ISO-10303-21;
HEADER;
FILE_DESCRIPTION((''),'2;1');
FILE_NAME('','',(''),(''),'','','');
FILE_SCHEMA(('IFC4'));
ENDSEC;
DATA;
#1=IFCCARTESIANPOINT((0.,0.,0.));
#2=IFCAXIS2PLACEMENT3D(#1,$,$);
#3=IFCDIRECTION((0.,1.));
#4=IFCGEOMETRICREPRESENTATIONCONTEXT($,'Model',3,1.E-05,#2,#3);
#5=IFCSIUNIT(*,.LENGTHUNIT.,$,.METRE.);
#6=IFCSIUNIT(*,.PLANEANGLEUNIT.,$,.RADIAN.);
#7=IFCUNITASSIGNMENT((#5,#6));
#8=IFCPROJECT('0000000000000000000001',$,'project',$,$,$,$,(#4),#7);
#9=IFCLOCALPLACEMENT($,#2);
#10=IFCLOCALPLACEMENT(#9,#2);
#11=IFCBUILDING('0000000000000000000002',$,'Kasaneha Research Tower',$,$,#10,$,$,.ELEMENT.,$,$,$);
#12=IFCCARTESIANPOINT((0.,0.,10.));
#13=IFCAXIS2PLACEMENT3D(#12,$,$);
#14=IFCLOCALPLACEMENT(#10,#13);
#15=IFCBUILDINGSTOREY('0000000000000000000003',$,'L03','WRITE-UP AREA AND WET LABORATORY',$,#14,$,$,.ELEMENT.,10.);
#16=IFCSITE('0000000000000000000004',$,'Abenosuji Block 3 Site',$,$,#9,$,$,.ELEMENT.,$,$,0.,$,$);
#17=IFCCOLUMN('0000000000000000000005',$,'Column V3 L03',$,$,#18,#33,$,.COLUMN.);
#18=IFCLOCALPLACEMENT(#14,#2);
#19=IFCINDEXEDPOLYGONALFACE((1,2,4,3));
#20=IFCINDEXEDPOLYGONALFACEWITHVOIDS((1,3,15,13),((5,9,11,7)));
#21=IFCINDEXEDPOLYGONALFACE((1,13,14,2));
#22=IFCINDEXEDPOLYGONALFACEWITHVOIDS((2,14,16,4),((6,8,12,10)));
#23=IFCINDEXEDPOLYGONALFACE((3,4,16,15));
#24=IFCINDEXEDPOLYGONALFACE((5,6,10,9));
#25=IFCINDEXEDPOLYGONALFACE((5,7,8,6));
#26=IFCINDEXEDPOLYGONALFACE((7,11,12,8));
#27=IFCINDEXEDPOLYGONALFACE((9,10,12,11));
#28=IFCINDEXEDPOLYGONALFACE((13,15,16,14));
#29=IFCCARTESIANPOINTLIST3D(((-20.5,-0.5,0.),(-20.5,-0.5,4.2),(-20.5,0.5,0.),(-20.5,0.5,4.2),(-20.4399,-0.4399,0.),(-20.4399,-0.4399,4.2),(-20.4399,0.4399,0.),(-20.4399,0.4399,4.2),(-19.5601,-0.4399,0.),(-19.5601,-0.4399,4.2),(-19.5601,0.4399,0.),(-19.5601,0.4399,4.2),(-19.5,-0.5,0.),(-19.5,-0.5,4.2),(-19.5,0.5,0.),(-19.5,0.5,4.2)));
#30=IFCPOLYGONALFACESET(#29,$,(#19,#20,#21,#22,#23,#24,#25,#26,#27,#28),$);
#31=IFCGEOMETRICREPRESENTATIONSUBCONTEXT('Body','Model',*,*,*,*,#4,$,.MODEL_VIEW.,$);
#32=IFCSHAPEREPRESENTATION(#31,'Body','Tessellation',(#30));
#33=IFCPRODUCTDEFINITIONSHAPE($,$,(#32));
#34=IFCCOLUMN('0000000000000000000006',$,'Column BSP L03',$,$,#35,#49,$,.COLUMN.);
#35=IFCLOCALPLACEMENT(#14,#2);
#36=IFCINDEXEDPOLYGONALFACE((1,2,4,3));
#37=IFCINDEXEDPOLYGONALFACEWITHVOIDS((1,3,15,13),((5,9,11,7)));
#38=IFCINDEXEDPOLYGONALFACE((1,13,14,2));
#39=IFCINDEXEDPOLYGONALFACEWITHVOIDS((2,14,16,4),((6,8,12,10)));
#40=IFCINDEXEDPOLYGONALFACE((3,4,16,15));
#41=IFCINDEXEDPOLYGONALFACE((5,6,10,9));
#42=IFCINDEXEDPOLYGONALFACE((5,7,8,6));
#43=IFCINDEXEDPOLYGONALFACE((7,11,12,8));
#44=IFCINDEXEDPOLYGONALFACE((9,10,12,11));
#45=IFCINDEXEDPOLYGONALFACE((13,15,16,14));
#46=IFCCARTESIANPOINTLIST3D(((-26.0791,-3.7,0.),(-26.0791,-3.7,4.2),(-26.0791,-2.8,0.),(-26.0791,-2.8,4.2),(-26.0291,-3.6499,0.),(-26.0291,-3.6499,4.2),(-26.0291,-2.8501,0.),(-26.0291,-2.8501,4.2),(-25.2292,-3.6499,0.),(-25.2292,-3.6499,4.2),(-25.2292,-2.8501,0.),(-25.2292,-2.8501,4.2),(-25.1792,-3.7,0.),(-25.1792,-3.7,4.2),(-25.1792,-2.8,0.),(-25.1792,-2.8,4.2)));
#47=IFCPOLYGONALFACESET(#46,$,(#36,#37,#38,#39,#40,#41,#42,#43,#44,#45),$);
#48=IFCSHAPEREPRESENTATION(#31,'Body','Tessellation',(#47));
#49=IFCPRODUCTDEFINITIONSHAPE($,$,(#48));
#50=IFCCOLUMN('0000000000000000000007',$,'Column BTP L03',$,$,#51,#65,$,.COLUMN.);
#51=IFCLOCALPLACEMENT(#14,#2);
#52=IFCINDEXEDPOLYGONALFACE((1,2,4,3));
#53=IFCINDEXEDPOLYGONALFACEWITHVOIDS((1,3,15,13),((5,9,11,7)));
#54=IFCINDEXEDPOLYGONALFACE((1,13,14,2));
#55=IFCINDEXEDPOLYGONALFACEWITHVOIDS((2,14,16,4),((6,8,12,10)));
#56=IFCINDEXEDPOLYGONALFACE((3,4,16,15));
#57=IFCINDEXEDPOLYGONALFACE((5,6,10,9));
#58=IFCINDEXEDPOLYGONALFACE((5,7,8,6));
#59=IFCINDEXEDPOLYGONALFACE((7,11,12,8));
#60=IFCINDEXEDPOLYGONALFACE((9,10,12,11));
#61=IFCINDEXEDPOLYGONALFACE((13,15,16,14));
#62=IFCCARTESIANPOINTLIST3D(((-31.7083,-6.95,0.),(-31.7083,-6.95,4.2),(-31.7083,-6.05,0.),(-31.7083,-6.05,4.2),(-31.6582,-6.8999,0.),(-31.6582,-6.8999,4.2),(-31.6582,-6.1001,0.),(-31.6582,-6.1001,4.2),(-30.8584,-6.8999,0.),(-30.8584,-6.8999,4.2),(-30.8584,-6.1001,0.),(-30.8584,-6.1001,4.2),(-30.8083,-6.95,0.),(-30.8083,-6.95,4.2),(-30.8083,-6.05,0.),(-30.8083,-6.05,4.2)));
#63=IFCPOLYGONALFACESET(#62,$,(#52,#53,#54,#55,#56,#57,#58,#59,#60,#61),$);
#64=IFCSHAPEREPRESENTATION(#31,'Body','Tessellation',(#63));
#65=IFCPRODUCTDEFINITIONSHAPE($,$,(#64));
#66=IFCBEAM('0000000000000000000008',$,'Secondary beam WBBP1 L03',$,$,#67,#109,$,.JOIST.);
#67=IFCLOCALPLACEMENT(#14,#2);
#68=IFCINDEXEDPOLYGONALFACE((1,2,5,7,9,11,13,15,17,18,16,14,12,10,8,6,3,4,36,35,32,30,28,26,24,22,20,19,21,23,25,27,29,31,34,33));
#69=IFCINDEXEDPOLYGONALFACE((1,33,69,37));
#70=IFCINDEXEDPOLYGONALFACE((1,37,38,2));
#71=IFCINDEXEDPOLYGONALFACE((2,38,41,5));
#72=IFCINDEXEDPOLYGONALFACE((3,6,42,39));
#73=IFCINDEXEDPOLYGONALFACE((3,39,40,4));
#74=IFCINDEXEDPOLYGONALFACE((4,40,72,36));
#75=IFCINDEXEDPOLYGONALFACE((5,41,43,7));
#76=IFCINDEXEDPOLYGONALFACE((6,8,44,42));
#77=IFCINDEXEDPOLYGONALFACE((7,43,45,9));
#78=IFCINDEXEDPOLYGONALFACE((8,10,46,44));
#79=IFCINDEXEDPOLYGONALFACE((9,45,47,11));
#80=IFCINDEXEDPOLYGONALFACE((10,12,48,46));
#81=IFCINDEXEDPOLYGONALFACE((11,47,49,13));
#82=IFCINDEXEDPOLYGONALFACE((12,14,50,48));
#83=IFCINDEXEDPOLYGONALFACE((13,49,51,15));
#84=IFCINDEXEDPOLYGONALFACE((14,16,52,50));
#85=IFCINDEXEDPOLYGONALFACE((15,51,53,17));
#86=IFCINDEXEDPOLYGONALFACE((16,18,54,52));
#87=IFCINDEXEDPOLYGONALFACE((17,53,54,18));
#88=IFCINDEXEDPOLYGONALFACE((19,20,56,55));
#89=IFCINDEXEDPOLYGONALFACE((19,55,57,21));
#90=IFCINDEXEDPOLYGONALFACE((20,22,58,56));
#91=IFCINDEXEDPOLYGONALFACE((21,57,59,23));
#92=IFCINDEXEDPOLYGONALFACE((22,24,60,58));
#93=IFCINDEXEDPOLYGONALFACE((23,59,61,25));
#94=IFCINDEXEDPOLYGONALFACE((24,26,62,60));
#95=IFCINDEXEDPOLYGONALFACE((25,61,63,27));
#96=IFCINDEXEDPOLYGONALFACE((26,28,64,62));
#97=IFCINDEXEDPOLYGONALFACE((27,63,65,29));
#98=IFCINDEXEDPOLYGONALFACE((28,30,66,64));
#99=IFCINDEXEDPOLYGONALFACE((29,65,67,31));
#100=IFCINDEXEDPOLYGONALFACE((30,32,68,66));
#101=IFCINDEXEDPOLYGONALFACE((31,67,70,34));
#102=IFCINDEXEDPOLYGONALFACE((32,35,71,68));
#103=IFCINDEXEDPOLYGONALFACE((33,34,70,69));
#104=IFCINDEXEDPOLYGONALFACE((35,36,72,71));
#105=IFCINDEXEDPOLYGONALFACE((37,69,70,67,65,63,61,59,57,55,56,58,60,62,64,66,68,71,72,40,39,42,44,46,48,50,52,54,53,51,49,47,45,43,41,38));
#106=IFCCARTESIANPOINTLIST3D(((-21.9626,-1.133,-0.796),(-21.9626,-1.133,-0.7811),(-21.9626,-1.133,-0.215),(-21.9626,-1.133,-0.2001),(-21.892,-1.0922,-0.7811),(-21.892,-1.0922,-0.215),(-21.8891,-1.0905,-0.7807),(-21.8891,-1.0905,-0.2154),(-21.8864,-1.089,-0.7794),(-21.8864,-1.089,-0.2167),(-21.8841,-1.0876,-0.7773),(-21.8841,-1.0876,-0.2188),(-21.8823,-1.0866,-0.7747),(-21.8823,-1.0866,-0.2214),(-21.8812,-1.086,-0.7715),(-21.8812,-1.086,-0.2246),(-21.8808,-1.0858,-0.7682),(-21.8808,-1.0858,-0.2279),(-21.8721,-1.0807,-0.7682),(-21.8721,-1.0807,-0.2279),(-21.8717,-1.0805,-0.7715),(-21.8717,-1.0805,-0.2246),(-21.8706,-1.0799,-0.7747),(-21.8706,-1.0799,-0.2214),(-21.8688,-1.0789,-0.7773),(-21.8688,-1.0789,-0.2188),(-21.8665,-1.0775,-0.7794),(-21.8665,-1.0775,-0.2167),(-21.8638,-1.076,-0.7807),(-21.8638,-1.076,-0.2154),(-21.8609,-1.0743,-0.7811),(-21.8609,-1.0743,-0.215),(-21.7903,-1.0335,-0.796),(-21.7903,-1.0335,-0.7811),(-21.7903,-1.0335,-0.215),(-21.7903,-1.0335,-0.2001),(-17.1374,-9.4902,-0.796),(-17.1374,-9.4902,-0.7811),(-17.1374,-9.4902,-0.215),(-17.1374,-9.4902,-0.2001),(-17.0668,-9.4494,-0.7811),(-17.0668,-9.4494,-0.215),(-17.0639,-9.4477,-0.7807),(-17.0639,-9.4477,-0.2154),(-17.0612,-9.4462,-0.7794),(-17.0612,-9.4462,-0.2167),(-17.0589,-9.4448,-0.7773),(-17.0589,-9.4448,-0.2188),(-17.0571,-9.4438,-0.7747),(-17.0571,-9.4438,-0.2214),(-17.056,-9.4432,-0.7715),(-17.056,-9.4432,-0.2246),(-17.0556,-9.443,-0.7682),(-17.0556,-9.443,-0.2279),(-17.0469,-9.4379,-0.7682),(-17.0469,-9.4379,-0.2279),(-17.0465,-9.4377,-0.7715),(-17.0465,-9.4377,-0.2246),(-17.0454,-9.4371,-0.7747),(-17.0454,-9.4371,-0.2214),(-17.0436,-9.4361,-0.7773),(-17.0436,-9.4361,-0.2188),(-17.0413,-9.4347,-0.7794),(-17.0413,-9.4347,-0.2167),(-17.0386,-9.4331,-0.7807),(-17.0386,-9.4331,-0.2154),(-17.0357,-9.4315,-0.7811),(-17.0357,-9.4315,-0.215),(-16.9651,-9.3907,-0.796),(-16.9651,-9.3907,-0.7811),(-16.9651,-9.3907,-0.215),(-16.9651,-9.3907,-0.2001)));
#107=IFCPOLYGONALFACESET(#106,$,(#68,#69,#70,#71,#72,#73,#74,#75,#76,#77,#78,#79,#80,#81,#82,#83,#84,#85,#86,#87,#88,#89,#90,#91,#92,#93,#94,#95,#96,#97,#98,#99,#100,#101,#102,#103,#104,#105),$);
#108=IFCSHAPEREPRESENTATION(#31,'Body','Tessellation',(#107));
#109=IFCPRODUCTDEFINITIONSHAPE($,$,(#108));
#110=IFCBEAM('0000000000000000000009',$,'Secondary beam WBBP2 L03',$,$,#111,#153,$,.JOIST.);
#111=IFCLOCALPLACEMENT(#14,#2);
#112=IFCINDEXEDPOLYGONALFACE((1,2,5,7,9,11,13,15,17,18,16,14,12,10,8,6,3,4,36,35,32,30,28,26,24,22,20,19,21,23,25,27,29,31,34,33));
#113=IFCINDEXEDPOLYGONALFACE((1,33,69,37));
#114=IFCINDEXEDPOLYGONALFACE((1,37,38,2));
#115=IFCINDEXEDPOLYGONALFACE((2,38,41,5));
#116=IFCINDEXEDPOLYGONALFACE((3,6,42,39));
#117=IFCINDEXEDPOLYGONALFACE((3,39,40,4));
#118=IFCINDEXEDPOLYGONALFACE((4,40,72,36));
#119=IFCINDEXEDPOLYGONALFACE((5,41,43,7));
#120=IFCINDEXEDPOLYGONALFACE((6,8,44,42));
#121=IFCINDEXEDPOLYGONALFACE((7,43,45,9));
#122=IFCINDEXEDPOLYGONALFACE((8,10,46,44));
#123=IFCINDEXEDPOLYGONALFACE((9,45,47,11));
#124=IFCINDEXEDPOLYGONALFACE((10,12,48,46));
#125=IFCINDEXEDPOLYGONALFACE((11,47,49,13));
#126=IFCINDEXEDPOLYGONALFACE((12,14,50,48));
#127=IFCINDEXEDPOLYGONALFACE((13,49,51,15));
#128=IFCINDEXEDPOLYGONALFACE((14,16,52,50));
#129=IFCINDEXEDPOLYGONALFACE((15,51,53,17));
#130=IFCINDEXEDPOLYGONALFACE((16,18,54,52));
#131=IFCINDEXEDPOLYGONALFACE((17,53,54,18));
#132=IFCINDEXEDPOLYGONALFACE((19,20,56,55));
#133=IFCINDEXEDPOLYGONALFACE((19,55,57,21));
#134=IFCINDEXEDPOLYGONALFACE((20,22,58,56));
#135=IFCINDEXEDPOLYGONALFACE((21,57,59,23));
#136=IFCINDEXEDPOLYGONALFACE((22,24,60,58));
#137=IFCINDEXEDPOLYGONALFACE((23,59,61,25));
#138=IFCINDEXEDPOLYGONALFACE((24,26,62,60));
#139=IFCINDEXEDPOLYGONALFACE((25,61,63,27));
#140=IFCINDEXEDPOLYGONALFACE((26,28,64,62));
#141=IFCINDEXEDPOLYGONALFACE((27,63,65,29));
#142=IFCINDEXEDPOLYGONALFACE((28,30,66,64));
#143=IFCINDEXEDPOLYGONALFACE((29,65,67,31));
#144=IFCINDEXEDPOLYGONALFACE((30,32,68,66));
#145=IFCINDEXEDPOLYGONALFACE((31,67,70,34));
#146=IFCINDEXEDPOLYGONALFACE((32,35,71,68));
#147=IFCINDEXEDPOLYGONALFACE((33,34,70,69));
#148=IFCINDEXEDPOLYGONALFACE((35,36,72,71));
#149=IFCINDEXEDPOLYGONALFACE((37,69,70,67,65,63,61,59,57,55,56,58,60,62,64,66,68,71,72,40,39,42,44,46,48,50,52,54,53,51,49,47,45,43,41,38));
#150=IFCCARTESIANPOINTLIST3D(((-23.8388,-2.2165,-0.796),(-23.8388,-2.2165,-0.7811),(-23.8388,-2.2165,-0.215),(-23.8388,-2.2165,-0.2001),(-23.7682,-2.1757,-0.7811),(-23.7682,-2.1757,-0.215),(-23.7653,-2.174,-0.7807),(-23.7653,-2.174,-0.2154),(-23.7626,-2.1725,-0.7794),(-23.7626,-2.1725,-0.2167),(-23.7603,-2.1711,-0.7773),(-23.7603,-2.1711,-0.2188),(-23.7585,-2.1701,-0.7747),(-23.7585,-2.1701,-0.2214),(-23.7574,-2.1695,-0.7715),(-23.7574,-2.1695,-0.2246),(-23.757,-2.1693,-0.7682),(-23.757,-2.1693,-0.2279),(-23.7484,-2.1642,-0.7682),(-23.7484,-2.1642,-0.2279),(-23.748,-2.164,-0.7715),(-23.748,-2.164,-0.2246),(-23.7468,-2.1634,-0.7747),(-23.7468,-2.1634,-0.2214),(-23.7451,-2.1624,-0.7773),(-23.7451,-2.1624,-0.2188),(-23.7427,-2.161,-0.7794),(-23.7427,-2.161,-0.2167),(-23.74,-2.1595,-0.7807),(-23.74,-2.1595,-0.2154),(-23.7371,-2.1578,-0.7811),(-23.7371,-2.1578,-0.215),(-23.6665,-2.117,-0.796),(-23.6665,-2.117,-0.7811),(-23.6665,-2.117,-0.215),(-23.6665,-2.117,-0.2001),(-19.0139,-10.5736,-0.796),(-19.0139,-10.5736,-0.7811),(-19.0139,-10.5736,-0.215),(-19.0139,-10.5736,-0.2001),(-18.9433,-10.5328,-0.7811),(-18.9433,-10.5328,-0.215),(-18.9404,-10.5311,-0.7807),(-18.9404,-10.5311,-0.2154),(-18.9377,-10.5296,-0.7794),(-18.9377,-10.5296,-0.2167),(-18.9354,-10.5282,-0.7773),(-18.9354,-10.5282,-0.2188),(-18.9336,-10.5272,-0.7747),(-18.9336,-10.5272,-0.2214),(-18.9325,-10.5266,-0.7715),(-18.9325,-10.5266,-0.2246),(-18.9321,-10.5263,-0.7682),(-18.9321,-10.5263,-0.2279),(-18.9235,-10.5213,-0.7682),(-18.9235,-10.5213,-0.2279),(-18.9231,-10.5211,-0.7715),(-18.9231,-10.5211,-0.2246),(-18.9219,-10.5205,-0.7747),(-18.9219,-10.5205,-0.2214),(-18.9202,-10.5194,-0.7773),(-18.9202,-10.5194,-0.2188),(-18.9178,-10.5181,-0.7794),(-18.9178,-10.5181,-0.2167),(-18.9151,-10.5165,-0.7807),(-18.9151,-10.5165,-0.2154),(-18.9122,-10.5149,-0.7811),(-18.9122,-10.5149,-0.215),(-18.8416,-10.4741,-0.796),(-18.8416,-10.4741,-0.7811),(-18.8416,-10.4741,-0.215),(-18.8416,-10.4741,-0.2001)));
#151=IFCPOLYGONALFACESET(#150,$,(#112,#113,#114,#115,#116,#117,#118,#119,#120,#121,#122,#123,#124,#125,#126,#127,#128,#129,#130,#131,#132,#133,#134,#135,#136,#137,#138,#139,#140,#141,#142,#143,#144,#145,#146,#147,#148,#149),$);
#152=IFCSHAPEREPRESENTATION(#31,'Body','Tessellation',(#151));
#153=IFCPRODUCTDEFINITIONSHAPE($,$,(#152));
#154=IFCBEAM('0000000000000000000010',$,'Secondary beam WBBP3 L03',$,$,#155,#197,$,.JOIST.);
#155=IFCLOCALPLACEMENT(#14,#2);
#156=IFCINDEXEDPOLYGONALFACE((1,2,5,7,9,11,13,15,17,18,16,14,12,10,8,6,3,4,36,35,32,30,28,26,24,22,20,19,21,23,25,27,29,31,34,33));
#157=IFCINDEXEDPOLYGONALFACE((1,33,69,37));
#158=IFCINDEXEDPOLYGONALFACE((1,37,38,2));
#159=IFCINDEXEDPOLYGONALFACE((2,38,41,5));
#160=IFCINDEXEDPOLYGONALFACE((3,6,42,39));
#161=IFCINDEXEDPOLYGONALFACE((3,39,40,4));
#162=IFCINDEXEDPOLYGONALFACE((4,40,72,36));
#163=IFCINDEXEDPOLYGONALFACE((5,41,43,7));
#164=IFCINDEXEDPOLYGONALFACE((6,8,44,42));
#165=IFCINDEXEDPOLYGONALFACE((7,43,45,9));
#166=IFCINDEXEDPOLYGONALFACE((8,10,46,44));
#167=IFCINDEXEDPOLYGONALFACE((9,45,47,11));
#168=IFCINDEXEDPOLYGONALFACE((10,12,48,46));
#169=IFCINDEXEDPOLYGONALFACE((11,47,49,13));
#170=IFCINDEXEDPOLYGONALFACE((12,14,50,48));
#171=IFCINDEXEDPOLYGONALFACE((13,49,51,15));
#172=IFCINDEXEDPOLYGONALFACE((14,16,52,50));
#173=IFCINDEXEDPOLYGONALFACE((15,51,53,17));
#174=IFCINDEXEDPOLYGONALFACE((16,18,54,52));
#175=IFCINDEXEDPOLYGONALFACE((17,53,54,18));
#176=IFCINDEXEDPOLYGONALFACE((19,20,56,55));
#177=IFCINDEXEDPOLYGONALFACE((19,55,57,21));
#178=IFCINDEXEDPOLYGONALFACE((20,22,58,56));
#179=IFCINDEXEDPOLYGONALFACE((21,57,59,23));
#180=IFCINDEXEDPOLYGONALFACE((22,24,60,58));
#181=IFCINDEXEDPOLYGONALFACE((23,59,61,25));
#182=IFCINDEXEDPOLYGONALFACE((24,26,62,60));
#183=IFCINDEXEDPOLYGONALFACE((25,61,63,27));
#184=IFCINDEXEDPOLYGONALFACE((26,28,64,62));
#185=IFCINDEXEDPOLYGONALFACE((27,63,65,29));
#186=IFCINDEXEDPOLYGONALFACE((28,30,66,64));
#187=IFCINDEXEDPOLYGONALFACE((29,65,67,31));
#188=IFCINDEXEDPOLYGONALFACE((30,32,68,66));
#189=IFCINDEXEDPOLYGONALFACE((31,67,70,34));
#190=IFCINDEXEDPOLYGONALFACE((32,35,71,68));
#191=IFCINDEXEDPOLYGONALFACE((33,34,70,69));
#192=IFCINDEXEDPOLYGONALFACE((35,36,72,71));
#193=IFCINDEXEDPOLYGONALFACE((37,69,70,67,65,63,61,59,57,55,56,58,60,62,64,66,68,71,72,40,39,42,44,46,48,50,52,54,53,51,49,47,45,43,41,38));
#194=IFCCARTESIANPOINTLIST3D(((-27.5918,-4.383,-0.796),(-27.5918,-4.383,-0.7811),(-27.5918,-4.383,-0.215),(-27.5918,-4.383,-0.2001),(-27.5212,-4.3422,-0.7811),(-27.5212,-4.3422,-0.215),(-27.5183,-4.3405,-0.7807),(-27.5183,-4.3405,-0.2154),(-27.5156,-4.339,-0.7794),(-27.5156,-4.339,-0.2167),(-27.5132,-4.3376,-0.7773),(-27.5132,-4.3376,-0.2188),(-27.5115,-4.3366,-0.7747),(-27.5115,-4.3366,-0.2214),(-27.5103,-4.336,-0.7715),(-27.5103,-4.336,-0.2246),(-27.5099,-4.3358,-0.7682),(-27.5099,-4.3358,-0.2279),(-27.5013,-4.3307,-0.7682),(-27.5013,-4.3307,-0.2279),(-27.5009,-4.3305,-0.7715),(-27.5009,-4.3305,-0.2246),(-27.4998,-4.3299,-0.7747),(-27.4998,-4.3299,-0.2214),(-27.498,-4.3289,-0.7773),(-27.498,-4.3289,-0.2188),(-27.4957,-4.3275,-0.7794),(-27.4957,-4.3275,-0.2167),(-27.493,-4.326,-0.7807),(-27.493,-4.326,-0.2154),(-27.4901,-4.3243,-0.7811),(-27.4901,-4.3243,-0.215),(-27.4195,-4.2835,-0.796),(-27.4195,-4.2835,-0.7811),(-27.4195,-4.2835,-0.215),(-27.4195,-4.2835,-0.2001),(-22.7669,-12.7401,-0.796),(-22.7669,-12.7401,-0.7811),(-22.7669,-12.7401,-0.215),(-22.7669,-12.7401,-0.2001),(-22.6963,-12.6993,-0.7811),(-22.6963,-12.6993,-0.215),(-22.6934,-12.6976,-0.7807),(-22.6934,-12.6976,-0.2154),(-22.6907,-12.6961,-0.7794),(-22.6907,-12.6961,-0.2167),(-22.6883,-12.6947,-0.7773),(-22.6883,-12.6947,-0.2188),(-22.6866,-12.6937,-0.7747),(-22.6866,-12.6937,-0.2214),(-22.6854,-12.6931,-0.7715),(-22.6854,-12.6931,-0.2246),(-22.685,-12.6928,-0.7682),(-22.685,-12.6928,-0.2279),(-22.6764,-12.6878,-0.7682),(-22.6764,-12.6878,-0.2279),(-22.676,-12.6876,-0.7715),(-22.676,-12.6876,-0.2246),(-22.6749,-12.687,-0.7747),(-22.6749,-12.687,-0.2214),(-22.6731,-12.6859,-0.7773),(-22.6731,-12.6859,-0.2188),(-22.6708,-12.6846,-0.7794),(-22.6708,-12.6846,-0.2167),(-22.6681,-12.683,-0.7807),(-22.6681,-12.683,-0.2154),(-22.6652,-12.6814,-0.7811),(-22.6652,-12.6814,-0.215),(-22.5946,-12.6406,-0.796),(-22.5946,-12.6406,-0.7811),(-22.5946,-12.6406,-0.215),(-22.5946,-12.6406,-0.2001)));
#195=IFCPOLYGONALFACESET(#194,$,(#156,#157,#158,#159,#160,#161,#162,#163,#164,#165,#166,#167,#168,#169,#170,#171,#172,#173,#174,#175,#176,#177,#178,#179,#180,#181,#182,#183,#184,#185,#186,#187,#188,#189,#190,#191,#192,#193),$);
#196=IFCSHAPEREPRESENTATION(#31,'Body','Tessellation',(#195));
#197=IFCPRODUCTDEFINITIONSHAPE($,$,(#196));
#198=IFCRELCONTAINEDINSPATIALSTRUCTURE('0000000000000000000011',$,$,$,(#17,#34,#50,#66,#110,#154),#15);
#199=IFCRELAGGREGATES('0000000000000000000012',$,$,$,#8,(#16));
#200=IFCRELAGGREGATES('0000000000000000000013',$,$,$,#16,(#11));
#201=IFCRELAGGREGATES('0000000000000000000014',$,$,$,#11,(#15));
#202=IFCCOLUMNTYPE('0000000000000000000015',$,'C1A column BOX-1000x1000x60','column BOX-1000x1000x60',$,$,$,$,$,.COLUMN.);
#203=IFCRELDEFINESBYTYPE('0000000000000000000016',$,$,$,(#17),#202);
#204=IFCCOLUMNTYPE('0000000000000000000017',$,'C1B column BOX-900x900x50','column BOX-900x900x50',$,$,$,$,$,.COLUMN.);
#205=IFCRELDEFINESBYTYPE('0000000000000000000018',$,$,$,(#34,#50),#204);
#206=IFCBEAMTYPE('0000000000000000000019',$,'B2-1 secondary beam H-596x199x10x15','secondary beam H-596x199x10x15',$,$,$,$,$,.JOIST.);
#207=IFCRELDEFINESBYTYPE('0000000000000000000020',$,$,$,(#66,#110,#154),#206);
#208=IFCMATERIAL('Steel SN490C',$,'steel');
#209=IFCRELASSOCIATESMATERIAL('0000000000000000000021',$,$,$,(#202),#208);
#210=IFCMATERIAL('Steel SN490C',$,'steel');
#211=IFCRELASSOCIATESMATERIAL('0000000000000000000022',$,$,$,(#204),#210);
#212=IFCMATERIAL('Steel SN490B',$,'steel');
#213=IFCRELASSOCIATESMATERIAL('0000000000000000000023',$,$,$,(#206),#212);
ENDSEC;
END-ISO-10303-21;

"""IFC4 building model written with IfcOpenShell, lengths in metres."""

from ifc_helpers import new_model, si_unit, direction, frame, origin, origin_2d, place, context, subcontext, project, spatial, hollow_rectangle, i_section, extrude, material, material_profile, profile_set, type_object, element, save


model = new_model("IFC4")

# Units and contexts
model_context = context("Model", 3, precision=1e-05, world=origin(), true_north=direction((0.0, 1.0)))
body_context = subcontext(model_context, "Body", "Model", "MODEL_VIEW")
ifc_project = project(units=[si_unit("LENGTHUNIT", "METRE"), si_unit("PLANEANGLEUNIT", "RADIAN")], contexts=[model_context])

# Site, building, storey
site_placement = place(None, origin())
site = spatial("IfcSite", under=ifc_project, at=site_placement, Name="Abenosuji Block 3 Site", CompositionType="ELEMENT", RefElevation=0.0)
building_placement = place(site_placement, origin())
building = spatial("IfcBuilding", under=site, at=building_placement, Name="Kasaneha Research Tower", CompositionType="ELEMENT")
storey_placement = place(building_placement, frame((0.0, 0.0, 10.0)))
storey = spatial("IfcBuildingStorey", under=building, at=storey_placement, Name="L03", Description="WRITE-UP AREA AND WET LABORATORY", CompositionType="ELEMENT", Elevation=10.0)

# Columns
ifc_material_1 = material(Name="Steel SN490C", Category="steel")
ifc_material_profile_1 = material_profile(ifc_material_1, hollow_rectangle(XDim=1.0, YDim=1.0, WallThickness=0.0601, at=origin_2d()), Name="BOX-1000x1000x60")
ifc_profile_set_1 = profile_set([ifc_material_profile_1], Name="Steel SN490C")
column_type_1 = type_object("IfcColumnType", Name="C1A column BOX-1000x1000x60", Description="column BOX-1000x1000x60", PredefinedType="COLUMN", material=ifc_profile_set_1)
column_placement = place(storey_placement, frame((-20.0, 0.0, 0.0), z_axis=(0.0, 0.0, 1.0), x_axis=(1.0, 0.0, 0.0)))
element("IfcColumn", 1, at=column_placement, inside=storey, type_object=column_type_1, Name="Column V3 L03", PredefinedType="COLUMN", context=body_context, shape_type="SweptSolid", body=[
    extrude(hollow_rectangle(XDim=1.0, YDim=1.0, WallThickness=0.0601, at=origin_2d()), origin(), (0.0, 0.0, 1.0), 4.2),
])
ifc_material_2 = material(Name="Steel SN490C", Category="steel")
ifc_material_profile_2 = material_profile(ifc_material_2, hollow_rectangle(XDim=0.8999, YDim=0.8999, WallThickness=0.05, at=origin_2d()), Name="BOX-900x900x50")
ifc_profile_set_2 = profile_set([ifc_material_profile_2], Name="Steel SN490C")
column_type_2 = type_object("IfcColumnType", Name="C1B column BOX-900x900x50", Description="column BOX-900x900x50", PredefinedType="COLUMN", material=ifc_profile_set_2)
for number, where, z_axis, x_axis, name in (
    (2, (-25.6292, -3.25, 0.0), (0.0, 0.0, 1.0), (1.0, 0.0, 0.0), "Column BSP L03"),
    (3, (-31.2583, -6.5, 0.0), (0.0, 0.0, 1.0), (1.0, 0.0, 0.0), "Column BTP L03"),
):
    element("IfcColumn", number, at=place(storey_placement, frame(where, z_axis=z_axis, x_axis=x_axis)), inside=storey, type_object=column_type_2, Name=name, PredefinedType="COLUMN", context=body_context, shape_type="SweptSolid", body=[
        extrude(hollow_rectangle(XDim=0.8999, YDim=0.8999, WallThickness=0.05, at=origin_2d()), origin(), (0.0, 0.0, 1.0), 4.2),
    ])

# Beams
ifc_material_3 = material(Name="Steel SN490B", Category="steel")
ifc_material_profile_3 = material_profile(ifc_material_3, i_section(OverallWidth=0.199, OverallDepth=0.5959, WebThickness=0.01, FlangeThickness=0.0149, FilletRadius=0.0129, at=origin_2d()), Name="H-596x199x10x15")
ifc_profile_set_3 = profile_set([ifc_material_profile_3], Name="Steel SN490B")
beam_type_1 = type_object("IfcBeamType", Name="B2-1 secondary beam H-596x199x10x15", Description="secondary beam H-596x199x10x15", PredefinedType="JOIST", material=ifc_profile_set_3)
beam_1_placement = place(storey_placement, frame((-21.8765, -1.0833, -0.498), z_axis=(0.500014, -0.866017, 0.0), x_axis=(0.866017, 0.500014, 0.0)))
element("IfcBeam", 4, at=beam_1_placement, inside=storey, type_object=beam_type_1, Name="Secondary beam WBBP1 L03", PredefinedType="JOIST", context=body_context, shape_type="SweptSolid", body=[
    extrude(i_section(OverallWidth=0.199, OverallDepth=0.5959, WebThickness=0.01, FlangeThickness=0.0149, FilletRadius=0.0129, at=origin_2d()), origin(), (0.0, 0.0, 1.0), 9.6501),
])
for number, where, z_axis, x_axis, name in (
    (5, (-23.7527, -2.1667, -0.498), (0.499995, -0.866028, 0.0), (0.866028, 0.499995, 0.0), "Secondary beam WBBP2 L03"),
    (6, (-27.5056, -4.3333, -0.498), (0.499995, -0.866028, 0.0), (0.866028, 0.499995, 0.0), "Secondary beam WBBP3 L03"),
):
    element("IfcBeam", number, at=place(storey_placement, frame(where, z_axis=z_axis, x_axis=x_axis)), inside=storey, type_object=beam_type_1, Name=name, PredefinedType="JOIST", context=body_context, shape_type="SweptSolid", body=[
        extrude(i_section(OverallWidth=0.199, OverallDepth=0.5959, WebThickness=0.01, FlangeThickness=0.0149, FilletRadius=0.0129, at=origin_2d()), origin(), (0.0, 0.0, 1.0), 9.6499),
    ])

save(model, "model.ifc")
